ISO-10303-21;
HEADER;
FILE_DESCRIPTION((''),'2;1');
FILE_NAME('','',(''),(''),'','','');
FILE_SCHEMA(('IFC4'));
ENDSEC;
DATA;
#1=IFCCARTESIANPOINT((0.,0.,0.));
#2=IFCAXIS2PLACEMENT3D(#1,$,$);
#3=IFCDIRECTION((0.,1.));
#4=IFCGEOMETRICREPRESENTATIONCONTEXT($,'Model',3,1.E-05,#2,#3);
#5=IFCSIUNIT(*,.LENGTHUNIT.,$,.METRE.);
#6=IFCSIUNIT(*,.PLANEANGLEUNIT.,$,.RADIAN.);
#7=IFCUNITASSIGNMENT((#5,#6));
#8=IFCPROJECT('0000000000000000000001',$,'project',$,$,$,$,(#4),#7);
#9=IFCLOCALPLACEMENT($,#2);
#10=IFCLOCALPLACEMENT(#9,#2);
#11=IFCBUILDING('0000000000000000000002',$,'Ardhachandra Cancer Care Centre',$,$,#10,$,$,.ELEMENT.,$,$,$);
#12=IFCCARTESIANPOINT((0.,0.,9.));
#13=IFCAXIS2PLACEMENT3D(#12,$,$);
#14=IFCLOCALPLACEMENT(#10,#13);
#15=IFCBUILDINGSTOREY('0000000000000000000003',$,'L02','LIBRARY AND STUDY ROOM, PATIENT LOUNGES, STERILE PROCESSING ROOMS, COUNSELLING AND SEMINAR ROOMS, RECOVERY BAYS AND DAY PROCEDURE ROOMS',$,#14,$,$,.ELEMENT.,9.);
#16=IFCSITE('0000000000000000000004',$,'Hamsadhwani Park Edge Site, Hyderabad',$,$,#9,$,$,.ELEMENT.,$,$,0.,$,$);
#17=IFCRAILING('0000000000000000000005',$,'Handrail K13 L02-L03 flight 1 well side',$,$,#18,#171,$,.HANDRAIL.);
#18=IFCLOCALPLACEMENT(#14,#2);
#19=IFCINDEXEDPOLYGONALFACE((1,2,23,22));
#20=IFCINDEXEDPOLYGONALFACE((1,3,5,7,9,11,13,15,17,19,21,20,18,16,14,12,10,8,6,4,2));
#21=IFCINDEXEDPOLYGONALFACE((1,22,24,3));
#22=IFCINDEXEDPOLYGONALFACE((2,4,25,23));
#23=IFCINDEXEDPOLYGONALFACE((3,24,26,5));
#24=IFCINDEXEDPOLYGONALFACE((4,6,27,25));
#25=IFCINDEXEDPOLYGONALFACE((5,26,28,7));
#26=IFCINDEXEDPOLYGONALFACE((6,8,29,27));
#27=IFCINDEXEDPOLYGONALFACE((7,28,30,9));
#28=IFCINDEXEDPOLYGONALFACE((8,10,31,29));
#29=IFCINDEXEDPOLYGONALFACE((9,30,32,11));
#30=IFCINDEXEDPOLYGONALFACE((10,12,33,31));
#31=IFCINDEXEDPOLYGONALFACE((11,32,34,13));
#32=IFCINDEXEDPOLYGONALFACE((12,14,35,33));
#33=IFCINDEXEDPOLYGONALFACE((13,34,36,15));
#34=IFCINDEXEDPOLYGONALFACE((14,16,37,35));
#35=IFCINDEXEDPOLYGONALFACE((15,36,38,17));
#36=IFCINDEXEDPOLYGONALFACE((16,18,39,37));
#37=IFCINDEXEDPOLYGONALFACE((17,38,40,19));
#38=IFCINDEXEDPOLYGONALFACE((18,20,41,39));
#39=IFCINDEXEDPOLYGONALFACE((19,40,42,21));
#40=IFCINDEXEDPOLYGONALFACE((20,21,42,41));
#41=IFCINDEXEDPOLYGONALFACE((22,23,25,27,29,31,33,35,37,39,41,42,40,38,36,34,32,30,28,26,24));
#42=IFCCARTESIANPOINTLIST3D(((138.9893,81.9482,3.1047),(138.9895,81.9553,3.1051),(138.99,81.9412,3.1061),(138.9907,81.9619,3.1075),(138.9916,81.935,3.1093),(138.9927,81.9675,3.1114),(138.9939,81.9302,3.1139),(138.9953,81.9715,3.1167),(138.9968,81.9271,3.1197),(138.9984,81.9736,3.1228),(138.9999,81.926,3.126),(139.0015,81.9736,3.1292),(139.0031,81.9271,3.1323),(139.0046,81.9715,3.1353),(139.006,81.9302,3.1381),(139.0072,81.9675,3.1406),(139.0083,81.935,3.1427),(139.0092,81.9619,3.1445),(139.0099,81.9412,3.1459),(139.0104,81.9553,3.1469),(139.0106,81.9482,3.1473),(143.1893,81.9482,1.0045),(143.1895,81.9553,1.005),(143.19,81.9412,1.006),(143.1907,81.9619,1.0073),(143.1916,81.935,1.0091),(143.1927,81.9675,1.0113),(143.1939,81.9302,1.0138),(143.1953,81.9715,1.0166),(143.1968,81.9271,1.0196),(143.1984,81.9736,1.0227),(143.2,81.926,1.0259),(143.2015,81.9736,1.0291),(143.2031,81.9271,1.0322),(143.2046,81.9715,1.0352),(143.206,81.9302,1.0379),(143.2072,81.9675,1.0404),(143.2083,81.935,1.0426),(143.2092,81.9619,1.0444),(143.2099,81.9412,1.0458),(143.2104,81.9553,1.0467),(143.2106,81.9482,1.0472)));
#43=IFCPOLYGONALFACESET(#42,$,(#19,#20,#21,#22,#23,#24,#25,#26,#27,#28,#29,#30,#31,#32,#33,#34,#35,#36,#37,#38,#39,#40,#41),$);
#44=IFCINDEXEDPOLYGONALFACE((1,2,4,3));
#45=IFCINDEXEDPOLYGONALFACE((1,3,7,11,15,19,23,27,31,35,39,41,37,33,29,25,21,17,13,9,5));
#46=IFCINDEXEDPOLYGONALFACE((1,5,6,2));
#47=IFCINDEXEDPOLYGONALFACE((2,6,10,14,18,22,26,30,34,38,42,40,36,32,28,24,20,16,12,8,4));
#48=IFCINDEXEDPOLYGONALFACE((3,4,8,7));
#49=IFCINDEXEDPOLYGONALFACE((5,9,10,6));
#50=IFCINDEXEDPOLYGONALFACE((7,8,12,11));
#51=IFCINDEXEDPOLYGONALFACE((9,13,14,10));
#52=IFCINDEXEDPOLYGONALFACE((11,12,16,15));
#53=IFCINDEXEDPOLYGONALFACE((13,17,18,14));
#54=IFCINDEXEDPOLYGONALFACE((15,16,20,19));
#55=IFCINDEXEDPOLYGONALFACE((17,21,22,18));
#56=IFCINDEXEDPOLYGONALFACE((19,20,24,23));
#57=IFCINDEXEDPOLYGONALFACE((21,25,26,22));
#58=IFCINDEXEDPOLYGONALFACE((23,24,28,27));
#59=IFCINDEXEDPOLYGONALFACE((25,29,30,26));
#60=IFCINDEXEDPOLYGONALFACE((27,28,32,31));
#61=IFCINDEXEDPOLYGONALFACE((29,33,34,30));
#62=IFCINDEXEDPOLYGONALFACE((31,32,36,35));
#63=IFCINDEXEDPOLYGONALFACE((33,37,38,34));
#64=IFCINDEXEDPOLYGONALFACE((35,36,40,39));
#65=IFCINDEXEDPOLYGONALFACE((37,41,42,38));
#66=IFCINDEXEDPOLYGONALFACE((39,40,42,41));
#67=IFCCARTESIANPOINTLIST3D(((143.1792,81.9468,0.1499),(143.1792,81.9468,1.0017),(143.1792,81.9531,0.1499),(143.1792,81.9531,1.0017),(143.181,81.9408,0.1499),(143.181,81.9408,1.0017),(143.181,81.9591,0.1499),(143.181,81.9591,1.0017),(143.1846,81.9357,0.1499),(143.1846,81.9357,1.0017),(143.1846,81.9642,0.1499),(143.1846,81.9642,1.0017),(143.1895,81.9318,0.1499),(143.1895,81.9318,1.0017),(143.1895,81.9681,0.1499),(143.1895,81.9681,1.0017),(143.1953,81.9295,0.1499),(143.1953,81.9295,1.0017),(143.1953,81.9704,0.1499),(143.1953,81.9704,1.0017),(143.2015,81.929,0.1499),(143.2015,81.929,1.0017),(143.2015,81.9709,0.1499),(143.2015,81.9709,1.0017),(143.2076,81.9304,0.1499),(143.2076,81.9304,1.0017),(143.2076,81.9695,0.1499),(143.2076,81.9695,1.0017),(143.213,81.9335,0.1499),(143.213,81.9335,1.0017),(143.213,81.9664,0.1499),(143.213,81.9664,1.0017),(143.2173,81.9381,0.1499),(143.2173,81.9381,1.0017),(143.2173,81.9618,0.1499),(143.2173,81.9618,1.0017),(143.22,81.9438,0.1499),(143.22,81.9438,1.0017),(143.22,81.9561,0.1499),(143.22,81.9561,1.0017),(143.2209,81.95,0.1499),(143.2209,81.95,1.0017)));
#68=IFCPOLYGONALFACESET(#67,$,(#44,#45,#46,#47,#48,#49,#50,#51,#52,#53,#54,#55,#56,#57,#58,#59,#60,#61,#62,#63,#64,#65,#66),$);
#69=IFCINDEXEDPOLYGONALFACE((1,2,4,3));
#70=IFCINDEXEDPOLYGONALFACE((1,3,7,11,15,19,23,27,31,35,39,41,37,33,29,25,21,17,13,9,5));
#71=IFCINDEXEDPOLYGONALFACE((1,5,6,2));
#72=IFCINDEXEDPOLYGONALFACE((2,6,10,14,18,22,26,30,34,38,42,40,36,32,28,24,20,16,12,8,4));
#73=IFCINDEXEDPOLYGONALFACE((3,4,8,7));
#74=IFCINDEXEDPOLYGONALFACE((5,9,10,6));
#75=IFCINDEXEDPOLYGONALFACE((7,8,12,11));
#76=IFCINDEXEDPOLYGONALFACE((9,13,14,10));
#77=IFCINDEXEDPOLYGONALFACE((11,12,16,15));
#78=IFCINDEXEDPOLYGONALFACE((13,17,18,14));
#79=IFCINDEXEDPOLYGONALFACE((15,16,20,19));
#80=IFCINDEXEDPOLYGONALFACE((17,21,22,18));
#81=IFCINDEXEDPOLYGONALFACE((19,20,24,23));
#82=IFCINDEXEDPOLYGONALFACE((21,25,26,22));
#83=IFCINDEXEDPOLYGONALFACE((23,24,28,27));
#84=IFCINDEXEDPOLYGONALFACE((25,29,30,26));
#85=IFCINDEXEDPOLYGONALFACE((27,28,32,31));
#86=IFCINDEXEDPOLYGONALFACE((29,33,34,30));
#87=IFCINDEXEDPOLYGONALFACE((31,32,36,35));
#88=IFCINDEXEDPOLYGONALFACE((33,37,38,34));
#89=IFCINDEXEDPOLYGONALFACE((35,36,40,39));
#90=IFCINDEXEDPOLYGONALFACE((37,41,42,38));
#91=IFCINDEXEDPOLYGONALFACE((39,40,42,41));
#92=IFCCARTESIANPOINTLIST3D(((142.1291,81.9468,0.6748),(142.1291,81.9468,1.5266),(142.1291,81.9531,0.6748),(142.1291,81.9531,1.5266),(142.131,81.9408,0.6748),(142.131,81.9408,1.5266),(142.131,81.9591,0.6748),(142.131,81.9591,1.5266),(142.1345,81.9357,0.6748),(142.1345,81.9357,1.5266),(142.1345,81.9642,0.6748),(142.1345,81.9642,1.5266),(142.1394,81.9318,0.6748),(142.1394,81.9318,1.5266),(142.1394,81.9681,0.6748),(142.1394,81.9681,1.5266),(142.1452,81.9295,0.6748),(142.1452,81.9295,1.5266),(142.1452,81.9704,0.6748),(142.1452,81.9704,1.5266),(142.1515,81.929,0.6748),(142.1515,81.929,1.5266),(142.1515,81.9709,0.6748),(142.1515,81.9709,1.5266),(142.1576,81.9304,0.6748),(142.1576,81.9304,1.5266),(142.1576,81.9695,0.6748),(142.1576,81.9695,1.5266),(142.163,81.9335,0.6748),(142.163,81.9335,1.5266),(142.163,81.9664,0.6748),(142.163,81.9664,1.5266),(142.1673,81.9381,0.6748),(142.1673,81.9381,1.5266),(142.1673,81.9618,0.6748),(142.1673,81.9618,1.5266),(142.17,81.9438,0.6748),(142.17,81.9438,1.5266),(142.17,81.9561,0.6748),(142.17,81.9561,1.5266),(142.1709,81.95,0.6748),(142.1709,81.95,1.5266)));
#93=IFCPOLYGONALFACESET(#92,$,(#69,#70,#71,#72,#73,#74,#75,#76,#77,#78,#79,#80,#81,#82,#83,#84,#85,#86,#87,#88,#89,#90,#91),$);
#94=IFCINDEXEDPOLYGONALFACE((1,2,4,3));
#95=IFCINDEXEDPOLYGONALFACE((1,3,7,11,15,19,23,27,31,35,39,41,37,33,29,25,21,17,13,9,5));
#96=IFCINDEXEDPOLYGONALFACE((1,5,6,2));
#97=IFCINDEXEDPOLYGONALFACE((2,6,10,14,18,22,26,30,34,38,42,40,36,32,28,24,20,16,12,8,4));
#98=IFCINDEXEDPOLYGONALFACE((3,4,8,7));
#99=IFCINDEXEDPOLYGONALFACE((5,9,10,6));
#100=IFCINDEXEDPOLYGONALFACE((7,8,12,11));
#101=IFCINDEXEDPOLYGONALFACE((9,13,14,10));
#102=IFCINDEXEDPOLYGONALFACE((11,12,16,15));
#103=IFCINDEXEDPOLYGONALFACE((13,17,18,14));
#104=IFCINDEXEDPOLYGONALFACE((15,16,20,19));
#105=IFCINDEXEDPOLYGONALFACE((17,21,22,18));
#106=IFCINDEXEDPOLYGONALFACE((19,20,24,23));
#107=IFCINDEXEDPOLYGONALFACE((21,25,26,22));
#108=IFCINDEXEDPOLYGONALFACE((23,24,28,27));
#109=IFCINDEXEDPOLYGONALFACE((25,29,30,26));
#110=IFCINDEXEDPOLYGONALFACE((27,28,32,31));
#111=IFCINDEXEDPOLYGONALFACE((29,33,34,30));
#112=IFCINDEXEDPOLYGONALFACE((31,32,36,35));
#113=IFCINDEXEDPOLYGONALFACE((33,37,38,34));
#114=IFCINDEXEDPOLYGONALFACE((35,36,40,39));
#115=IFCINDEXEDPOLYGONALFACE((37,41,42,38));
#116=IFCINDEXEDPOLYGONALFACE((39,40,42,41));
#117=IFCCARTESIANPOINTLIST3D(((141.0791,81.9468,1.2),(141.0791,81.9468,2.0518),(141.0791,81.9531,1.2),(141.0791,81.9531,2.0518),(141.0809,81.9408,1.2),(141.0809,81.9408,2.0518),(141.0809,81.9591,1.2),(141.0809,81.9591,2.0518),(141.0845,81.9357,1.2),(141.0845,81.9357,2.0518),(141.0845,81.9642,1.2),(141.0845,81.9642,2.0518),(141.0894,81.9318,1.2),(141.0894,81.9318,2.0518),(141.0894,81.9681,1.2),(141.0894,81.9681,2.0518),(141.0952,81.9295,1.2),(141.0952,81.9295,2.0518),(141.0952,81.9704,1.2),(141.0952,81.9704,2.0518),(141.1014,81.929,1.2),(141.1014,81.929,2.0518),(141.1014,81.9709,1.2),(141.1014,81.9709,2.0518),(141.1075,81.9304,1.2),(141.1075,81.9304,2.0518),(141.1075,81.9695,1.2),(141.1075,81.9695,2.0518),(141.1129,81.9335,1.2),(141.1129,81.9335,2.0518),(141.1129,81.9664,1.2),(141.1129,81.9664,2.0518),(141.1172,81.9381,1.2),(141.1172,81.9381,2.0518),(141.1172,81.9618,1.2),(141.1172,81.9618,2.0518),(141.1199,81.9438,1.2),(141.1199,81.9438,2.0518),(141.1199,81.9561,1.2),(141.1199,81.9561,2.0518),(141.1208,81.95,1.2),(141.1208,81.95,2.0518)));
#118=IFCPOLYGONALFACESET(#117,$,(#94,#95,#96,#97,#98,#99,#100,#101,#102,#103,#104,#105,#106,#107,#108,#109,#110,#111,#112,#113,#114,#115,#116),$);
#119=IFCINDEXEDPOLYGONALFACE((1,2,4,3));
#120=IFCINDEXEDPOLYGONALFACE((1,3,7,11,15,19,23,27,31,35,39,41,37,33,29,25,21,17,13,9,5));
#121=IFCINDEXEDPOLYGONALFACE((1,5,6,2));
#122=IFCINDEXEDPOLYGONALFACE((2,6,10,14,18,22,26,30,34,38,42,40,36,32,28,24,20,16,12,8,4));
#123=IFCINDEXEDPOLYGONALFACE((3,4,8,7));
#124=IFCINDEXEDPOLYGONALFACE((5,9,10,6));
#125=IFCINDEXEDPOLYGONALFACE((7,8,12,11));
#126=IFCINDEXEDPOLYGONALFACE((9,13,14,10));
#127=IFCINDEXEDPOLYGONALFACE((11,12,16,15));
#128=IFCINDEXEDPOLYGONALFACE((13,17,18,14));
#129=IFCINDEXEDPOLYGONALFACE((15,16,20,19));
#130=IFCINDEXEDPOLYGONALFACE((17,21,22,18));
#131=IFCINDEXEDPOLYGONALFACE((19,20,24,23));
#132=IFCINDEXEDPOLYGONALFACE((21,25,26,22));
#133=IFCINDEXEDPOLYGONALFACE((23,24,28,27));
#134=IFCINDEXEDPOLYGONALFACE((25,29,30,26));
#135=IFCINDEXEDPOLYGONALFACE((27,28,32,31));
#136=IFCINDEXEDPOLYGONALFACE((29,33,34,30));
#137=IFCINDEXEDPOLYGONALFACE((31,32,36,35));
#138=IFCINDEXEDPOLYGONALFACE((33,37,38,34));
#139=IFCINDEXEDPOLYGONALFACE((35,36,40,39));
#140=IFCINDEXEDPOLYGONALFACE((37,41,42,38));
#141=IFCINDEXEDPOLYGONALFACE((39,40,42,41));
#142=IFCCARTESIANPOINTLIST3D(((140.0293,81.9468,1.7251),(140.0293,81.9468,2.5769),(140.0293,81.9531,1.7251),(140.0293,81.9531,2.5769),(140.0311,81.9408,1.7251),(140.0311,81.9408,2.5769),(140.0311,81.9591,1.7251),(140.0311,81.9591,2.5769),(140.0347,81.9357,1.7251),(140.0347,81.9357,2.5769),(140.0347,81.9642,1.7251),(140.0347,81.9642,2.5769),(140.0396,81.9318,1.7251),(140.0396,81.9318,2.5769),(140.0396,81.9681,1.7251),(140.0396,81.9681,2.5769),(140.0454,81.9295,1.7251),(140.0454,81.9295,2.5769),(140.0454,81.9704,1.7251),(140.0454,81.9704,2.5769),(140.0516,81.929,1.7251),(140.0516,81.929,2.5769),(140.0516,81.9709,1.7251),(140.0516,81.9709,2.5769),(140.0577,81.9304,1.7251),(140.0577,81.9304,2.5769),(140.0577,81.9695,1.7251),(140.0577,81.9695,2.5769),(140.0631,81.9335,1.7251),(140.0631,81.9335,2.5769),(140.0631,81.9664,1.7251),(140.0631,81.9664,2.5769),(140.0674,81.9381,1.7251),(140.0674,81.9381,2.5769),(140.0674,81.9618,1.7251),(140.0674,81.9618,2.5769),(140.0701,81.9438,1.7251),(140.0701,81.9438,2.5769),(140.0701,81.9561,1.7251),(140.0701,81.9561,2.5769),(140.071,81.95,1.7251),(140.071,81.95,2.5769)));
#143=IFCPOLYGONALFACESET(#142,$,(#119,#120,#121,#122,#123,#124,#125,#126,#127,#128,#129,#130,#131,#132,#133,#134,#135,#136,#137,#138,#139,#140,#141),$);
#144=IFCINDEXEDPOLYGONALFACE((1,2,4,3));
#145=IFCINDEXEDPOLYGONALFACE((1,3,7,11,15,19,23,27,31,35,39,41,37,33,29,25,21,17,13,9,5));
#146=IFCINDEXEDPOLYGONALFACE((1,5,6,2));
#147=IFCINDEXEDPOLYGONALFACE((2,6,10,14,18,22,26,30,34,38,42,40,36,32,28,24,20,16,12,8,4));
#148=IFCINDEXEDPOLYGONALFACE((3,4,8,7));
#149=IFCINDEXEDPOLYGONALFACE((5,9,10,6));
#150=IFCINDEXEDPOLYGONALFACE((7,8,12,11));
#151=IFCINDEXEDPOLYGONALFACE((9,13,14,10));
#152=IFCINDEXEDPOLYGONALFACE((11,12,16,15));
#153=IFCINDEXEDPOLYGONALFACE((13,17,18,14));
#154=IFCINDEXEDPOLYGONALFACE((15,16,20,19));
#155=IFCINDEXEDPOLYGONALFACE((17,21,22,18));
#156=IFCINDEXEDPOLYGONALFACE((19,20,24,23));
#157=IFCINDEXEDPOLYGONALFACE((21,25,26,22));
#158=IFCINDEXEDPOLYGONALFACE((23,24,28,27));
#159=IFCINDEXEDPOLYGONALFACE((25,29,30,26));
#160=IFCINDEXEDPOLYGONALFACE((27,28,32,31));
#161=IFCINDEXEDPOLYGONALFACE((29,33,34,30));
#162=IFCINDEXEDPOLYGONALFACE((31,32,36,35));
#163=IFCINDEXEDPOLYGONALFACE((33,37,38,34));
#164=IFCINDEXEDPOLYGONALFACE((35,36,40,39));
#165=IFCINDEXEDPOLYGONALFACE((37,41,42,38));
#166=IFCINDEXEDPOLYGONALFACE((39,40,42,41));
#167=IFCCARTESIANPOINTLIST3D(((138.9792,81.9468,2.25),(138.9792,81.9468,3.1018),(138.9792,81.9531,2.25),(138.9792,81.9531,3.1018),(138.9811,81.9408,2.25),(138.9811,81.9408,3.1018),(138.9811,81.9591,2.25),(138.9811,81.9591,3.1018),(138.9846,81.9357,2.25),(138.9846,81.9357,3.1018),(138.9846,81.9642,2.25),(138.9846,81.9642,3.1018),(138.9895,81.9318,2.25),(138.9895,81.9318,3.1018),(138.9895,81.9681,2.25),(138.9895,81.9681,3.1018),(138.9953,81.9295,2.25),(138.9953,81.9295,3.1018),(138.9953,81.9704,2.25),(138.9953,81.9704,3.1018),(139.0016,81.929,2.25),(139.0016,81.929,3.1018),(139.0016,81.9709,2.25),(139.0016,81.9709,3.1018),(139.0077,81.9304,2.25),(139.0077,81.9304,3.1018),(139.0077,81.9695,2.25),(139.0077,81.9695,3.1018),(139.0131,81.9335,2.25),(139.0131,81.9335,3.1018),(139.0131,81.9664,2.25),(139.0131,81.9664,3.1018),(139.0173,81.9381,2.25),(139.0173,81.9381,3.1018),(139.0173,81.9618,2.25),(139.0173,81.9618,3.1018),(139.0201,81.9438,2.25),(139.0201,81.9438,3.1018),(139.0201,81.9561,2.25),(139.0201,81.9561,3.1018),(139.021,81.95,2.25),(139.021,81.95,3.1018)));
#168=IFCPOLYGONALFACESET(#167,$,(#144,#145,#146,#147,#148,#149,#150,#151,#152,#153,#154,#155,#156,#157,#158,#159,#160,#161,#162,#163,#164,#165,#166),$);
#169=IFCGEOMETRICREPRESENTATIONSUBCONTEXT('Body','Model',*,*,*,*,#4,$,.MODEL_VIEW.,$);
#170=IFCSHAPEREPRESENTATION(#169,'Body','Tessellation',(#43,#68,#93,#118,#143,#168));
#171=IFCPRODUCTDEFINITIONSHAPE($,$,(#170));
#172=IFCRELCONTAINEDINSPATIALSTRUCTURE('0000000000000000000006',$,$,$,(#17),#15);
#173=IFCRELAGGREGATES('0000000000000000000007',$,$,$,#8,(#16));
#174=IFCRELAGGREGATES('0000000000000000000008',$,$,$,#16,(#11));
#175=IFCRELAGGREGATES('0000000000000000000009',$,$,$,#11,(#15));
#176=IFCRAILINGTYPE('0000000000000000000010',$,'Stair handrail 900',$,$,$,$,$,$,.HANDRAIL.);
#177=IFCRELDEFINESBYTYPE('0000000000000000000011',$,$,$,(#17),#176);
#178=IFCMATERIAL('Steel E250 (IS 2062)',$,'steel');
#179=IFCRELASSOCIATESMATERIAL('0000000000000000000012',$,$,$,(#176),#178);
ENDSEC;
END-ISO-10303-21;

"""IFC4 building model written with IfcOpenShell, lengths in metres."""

from ifc_helpers import new_model, si_unit, direction, frame, origin, origin_2d, place, context, subcontext, project, spatial, circle, extrude, material, type_object, element, save


model = new_model("IFC4")

# Units and contexts
model_context = context("Model", 3, precision=1e-05, world=origin(), true_north=direction((0.0, 1.0)))
body_context = subcontext(model_context, "Body", "Model", "MODEL_VIEW")
ifc_project = project(units=[si_unit("LENGTHUNIT", "METRE"), si_unit("PLANEANGLEUNIT", "RADIAN")], contexts=[model_context])

# Site, building, storey
site_placement = place(None, origin())
site = spatial("IfcSite", under=ifc_project, at=site_placement, Name="Hamsadhwani Park Edge Site, Hyderabad", CompositionType="ELEMENT", RefElevation=0.0)
building_placement = place(site_placement, origin())
building = spatial("IfcBuilding", under=site, at=building_placement, Name="Ardhachandra Cancer Care Centre", CompositionType="ELEMENT")
storey_placement = place(building_placement, frame((0.0, 0.0, 9.0)))
storey = spatial("IfcBuildingStorey", under=building, at=storey_placement, Name="L02", Description="LIBRARY AND STUDY ROOM, PATIENT LOUNGES, STERILE PROCESSING ROOMS, COUNSELLING AND SEMINAR ROOMS, RECOVERY BAYS AND DAY PROCEDURE ROOMS", CompositionType="ELEMENT", Elevation=9.0)

# Railing
ifc_material_1 = material(Name="Steel E250 (IS 2062)", Category="steel")
railing_type_1 = type_object("IfcRailingType", Name="Stair handrail 900", PredefinedType="HANDRAIL", material=ifc_material_1)
for number, where, name in (
    (1, (143.2, 81.95, 0.1499), "Handrail K13 L02-L03 flight 1 well side"),
):
    element("IfcRailing", number, at=place(storey_placement, frame(where)), inside=storey, type_object=railing_type_1, Name=name, PredefinedType="HANDRAIL", context=body_context, shape_type="SweptSolid", body=[
        extrude(circle(Radius=0.0239, at=origin_2d()), frame((0.0, 0.0, 0.876), z_axis=(-0.894417, 0.0, 0.447234), x_axis=(0.0, -1.0, 0.0)), (0.0, 0.0, 1.0), 4.6958),
        extrude(circle(Radius=0.021, at=origin_2d()), origin(), (0.0, 0.0, 1.0), 0.8518),
        extrude(circle(Radius=0.021, at=origin_2d()), frame((-1.05, 0.0, 0.5249)), (0.0, 0.0, 1.0), 0.8518),
        extrude(circle(Radius=0.021, at=origin_2d()), frame((-2.1001, 0.0, 1.05)), (0.0, 0.0, 1.0), 0.8518),
        extrude(circle(Radius=0.021, at=origin_2d()), frame((-3.1499, 0.0, 1.5752)), (0.0, 0.0, 1.0), 0.8518),
        extrude(circle(Radius=0.021, at=origin_2d()), frame((-4.2, 0.0, 2.1001)), (0.0, 0.0, 1.0), 0.8518),
    ])

save(model, "model.ifc")
